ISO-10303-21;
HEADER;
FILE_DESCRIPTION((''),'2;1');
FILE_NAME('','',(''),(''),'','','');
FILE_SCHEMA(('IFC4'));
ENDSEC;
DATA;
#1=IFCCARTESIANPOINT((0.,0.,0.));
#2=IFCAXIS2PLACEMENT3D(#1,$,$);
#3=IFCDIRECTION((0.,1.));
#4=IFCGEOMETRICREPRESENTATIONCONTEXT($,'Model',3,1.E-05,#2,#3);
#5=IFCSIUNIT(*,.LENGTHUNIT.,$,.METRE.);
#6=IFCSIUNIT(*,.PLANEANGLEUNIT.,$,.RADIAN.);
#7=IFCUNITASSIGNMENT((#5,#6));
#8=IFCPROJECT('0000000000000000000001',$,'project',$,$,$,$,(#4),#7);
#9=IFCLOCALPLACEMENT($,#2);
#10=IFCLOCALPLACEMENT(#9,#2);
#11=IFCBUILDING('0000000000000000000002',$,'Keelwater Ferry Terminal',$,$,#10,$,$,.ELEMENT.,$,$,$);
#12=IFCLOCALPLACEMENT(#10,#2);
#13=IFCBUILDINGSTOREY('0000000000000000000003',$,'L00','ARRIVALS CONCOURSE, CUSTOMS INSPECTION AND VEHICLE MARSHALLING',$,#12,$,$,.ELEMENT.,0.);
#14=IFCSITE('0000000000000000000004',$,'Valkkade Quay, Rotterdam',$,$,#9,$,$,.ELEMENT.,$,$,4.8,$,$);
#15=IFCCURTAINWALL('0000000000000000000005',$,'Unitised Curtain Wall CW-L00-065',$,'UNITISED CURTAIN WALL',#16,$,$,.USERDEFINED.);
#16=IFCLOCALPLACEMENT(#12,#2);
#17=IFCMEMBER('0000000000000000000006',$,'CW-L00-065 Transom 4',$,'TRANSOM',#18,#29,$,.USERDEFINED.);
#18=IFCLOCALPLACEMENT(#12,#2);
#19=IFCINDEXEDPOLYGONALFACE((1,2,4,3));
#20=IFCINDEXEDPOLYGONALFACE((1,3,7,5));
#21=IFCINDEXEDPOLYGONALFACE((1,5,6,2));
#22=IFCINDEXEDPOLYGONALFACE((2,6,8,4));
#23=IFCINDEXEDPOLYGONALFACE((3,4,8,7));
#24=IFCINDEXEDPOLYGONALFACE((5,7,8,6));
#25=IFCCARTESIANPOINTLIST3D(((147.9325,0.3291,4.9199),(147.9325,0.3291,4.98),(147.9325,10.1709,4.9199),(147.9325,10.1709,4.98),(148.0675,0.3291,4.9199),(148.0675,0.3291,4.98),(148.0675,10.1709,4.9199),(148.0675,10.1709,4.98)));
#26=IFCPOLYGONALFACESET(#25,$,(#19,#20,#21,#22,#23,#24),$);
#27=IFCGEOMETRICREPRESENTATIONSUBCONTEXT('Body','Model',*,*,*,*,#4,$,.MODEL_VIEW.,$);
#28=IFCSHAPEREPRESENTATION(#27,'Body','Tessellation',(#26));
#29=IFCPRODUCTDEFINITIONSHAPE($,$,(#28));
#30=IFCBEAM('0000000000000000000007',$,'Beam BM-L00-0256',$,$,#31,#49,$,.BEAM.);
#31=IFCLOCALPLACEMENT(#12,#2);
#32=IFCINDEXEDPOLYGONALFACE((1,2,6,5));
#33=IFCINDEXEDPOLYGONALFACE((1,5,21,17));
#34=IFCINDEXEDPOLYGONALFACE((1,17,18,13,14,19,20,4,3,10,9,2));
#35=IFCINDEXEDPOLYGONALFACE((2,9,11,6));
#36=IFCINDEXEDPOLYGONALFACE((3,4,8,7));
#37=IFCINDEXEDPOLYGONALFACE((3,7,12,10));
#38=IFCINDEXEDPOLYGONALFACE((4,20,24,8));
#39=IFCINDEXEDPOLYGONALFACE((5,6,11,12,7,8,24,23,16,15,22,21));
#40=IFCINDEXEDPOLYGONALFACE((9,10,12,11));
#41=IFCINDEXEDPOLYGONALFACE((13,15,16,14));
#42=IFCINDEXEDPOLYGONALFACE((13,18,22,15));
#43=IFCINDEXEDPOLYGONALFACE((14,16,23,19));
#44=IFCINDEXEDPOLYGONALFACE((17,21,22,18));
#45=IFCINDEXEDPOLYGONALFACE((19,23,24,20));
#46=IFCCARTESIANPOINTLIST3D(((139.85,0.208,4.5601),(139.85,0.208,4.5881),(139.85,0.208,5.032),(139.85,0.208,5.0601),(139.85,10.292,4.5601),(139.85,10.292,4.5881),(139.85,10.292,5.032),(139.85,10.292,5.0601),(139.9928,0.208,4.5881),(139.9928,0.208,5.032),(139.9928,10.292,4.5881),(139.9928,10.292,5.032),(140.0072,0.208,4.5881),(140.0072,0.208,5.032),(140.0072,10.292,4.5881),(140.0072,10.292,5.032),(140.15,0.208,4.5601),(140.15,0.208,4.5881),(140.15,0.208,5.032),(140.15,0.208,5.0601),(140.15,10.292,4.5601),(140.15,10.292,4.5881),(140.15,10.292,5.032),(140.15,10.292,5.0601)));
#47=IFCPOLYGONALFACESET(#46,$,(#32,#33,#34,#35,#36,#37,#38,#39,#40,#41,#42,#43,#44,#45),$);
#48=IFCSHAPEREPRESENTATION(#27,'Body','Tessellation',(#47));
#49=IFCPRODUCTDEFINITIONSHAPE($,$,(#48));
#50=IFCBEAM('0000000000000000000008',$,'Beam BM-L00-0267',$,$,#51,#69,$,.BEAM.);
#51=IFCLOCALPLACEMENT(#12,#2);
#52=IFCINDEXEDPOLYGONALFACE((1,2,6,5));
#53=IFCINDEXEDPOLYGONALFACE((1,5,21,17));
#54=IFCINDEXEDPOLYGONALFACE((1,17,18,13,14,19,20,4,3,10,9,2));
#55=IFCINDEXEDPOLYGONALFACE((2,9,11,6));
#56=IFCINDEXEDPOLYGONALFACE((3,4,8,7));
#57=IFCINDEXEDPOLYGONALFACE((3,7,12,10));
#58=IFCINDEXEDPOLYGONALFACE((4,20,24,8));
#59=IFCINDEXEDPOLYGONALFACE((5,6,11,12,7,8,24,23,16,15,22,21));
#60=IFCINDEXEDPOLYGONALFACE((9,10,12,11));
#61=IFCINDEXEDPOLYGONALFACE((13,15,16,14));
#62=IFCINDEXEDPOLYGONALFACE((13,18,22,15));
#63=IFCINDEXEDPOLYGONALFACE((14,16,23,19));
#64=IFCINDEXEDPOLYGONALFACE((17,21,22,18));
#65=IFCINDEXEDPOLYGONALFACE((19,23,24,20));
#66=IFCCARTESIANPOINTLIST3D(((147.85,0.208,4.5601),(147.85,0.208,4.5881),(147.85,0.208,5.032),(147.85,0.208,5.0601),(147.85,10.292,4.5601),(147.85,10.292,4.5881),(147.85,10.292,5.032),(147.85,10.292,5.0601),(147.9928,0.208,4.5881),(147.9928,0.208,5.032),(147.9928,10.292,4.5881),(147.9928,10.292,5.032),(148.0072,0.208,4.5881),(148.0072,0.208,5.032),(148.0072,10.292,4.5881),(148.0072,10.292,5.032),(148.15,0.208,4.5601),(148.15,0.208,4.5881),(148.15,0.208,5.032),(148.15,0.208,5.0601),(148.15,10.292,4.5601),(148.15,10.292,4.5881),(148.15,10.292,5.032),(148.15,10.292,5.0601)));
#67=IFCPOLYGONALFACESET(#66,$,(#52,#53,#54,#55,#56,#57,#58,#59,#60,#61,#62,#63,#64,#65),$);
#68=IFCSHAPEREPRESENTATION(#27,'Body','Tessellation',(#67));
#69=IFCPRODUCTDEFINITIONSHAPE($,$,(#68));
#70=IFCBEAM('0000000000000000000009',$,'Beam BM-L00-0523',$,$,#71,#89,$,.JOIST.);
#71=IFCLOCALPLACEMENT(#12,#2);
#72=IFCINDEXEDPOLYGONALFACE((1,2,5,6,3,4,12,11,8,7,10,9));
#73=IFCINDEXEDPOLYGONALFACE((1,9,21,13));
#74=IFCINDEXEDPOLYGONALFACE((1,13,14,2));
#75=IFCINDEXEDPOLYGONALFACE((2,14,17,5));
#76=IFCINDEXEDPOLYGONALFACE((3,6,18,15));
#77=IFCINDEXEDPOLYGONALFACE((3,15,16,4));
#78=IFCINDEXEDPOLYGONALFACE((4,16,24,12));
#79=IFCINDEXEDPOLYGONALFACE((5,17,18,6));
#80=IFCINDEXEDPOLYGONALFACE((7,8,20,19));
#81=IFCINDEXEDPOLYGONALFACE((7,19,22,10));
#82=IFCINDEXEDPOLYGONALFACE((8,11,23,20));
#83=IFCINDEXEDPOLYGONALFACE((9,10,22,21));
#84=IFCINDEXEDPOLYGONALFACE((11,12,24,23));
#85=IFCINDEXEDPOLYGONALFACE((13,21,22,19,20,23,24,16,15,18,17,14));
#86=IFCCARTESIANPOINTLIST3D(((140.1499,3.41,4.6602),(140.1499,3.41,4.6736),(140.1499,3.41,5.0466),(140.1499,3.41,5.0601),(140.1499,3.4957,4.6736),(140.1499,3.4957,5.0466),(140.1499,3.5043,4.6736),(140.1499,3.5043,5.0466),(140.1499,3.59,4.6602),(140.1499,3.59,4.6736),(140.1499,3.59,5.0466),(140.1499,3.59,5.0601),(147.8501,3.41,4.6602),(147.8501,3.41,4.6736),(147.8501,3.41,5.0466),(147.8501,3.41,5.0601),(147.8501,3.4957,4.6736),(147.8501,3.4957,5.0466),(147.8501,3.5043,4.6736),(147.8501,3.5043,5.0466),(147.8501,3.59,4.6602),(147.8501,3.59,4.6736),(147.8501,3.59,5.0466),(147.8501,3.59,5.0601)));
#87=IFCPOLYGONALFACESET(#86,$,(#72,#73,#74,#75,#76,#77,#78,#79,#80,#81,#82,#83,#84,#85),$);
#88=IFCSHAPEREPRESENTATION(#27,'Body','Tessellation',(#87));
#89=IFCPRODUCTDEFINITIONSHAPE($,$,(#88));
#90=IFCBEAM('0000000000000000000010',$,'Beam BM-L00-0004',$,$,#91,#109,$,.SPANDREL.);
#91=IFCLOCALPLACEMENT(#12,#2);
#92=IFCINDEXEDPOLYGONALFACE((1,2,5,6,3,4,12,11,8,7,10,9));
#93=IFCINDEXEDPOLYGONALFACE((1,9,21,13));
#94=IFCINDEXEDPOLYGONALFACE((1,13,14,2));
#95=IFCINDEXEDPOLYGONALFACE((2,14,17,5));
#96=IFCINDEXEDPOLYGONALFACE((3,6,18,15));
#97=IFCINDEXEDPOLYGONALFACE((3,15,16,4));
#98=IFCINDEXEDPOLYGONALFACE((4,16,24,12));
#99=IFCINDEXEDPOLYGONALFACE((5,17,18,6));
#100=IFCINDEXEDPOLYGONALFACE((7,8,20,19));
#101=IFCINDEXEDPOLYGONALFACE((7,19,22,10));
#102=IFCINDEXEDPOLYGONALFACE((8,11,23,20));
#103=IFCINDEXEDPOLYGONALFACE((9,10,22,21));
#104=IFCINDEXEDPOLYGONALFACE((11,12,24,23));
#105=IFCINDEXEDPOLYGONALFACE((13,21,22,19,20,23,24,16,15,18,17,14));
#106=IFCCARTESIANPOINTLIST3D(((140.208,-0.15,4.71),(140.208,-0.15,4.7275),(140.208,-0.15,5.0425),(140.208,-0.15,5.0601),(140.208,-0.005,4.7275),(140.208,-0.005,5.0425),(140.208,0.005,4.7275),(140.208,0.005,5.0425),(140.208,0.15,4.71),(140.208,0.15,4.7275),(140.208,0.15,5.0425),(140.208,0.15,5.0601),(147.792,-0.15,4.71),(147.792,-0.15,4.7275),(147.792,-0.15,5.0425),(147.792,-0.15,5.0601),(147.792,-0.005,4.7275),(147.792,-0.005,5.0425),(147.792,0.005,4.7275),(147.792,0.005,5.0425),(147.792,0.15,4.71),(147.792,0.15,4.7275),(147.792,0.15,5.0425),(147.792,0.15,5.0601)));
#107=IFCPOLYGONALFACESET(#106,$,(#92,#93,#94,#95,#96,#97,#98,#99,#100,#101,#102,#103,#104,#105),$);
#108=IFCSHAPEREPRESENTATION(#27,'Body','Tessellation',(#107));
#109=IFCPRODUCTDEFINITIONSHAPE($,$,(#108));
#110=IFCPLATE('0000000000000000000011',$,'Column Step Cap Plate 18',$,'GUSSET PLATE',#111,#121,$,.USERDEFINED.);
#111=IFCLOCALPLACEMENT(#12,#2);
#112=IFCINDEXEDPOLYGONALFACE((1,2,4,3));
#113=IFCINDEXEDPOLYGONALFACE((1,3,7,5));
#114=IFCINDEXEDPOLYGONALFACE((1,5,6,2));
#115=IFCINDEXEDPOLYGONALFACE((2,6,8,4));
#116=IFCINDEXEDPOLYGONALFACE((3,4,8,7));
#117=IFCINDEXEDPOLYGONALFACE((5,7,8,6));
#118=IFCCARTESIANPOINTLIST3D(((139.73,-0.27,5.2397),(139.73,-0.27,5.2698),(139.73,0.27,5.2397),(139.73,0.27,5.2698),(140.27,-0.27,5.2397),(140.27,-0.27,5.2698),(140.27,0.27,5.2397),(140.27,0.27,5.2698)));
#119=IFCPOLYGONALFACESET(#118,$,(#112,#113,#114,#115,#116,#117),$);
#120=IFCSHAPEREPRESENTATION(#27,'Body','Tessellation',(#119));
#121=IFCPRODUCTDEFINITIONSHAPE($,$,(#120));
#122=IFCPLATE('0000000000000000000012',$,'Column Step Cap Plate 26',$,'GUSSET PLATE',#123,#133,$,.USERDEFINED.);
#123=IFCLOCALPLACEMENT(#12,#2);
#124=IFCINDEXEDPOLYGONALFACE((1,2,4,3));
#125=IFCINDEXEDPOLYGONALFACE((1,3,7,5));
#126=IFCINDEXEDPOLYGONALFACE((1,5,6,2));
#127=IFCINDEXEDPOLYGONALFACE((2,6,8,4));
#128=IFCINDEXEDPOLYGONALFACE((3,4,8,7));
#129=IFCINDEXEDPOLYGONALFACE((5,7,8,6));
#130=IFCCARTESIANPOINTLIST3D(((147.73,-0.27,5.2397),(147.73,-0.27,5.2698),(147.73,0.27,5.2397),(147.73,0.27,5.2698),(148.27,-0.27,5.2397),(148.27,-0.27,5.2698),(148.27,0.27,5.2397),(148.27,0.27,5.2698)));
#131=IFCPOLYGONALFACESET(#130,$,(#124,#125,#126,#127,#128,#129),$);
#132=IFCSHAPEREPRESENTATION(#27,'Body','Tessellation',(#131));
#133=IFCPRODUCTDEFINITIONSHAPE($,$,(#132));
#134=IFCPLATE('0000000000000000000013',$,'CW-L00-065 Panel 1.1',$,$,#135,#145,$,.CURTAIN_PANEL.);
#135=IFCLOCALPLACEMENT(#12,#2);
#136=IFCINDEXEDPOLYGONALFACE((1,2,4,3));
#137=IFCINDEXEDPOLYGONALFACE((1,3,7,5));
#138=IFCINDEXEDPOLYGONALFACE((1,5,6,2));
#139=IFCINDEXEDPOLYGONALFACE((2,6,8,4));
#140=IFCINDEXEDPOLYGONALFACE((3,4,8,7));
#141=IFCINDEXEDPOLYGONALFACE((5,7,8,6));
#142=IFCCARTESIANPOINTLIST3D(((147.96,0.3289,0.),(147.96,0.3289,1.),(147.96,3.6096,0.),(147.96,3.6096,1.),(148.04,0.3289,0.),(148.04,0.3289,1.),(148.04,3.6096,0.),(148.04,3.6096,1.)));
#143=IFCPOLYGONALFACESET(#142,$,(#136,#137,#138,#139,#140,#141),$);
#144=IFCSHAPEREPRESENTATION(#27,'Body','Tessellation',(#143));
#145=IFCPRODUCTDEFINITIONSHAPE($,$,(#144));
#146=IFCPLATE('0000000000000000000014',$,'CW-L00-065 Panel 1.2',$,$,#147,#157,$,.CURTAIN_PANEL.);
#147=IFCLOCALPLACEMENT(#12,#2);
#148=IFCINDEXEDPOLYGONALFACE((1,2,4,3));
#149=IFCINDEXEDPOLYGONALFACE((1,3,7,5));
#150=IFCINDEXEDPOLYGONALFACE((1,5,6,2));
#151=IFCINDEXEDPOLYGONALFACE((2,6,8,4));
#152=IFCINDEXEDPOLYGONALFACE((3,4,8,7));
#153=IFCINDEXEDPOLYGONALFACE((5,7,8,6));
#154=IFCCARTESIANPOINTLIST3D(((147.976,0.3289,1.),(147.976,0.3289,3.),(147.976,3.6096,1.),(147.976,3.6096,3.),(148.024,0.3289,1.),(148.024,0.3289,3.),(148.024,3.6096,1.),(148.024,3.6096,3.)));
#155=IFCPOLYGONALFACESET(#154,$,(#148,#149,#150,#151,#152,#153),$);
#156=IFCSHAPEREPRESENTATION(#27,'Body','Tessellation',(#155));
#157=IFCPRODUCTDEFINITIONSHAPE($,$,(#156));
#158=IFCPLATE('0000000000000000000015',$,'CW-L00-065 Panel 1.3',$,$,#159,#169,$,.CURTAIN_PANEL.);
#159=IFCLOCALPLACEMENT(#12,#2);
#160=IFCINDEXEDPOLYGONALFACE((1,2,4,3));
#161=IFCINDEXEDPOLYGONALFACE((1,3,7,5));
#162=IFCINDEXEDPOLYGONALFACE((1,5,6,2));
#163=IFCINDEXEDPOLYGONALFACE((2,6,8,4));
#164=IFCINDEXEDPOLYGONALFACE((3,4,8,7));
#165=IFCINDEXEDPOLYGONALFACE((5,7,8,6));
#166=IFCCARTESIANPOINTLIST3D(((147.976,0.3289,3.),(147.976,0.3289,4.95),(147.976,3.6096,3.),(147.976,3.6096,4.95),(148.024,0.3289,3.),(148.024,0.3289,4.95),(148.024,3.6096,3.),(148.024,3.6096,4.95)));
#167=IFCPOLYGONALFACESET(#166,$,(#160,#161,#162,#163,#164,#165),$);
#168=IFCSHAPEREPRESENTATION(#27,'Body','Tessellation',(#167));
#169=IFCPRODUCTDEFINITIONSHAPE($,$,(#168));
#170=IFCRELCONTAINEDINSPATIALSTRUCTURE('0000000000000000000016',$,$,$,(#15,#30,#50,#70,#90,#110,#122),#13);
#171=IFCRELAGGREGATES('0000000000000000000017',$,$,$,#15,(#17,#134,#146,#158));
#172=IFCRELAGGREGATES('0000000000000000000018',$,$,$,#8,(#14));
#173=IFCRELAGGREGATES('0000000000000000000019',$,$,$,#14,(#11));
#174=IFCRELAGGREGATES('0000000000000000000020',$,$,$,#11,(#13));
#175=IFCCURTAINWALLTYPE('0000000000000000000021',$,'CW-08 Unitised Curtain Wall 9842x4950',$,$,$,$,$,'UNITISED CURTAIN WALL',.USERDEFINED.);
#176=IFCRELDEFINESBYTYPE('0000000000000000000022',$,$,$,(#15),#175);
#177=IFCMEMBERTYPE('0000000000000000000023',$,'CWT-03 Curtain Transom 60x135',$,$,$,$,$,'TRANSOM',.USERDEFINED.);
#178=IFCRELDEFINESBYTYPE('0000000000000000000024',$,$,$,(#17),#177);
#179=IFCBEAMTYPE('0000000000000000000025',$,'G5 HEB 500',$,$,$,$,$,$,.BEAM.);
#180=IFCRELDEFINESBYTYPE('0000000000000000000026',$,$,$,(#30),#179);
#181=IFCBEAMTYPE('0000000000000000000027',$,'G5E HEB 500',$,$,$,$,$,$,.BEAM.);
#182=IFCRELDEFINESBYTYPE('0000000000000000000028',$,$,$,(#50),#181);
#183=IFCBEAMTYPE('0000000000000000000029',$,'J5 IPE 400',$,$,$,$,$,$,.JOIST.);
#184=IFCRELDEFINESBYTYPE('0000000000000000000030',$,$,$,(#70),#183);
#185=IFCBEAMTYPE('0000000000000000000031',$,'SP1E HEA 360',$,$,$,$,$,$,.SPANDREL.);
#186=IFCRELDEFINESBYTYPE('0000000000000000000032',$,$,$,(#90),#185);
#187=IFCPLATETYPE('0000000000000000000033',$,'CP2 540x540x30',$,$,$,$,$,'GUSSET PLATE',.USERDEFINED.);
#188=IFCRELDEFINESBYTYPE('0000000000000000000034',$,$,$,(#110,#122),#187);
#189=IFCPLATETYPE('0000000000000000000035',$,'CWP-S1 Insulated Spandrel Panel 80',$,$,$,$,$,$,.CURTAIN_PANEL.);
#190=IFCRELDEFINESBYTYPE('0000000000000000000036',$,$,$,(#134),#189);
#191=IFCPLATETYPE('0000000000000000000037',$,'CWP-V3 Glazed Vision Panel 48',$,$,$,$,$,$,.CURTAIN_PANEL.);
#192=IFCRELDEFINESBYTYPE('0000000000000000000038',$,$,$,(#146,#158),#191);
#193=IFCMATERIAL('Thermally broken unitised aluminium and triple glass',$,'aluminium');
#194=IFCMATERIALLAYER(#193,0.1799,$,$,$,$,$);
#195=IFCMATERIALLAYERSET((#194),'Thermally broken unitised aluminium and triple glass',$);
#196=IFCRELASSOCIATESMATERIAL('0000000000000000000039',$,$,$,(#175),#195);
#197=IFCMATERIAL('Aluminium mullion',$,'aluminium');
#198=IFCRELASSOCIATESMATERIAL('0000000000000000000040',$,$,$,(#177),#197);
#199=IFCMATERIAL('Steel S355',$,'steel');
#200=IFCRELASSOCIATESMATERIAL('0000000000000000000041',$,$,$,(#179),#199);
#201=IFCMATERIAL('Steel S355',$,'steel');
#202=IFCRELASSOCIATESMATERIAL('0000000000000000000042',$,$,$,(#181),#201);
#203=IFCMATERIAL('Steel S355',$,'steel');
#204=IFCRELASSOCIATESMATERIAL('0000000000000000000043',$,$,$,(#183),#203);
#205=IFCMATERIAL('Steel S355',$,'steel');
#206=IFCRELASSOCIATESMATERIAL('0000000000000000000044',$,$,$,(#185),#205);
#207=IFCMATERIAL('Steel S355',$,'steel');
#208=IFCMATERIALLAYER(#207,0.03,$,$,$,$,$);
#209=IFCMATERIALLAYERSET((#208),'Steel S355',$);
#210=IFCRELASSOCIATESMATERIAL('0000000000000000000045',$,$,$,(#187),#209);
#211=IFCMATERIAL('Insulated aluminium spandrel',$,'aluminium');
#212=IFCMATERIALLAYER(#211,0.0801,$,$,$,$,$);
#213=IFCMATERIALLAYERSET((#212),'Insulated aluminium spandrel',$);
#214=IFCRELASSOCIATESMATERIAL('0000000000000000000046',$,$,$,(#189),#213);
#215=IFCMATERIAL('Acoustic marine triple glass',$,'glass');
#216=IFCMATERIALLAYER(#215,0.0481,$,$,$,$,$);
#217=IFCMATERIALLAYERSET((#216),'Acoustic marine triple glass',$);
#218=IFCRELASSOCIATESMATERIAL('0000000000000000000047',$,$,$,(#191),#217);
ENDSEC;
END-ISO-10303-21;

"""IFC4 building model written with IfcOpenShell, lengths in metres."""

from ifc_helpers import new_model, si_unit, direction, frame, origin, origin_2d, place, context, subcontext, project, spatial, rectangle, i_section, extrude, material, layer, layer_set, material_profile, profile_set, type_object, element, aggregate, save


model = new_model("IFC4")

# Units and contexts
model_context = context("Model", 3, precision=1e-05, world=origin(), true_north=direction((0.0, 1.0)))
body_context = subcontext(model_context, "Body", "Model", "MODEL_VIEW")
ifc_project = project(units=[si_unit("LENGTHUNIT", "METRE"), si_unit("PLANEANGLEUNIT", "RADIAN")], contexts=[model_context])

# Site, building, storey
site_placement = place(None, origin())
site = spatial("IfcSite", under=ifc_project, at=site_placement, Name="Valkkade Quay, Rotterdam", CompositionType="ELEMENT", RefElevation=4.8)
building_placement = place(site_placement, origin())
building = spatial("IfcBuilding", under=site, at=building_placement, Name="Keelwater Ferry Terminal", CompositionType="ELEMENT")
storey_placement = place(building_placement, origin())
storey = spatial("IfcBuildingStorey", under=building, at=storey_placement, Name="L00", Description="ARRIVALS CONCOURSE, CUSTOMS INSPECTION AND VEHICLE MARSHALLING", CompositionType="ELEMENT", Elevation=0.0)

# Curtain wall, member
ifc_material_1 = material(Name="Thermally broken unitised aluminium and triple glass", Category="aluminium")
ifc_layer_1 = layer(ifc_material_1, 0.1799)
ifc_layer_set_1 = layer_set([ifc_layer_1], Name="Thermally broken unitised aluminium and triple glass")
curtain_wall_type = type_object("IfcCurtainWallType", Name="CW-08 Unitised Curtain Wall 9842x4950", ElementType="UNITISED CURTAIN WALL", PredefinedType="USERDEFINED", material=ifc_layer_set_1)
curtain_wall_placement = place(storey_placement, origin())
curtain_wall = element("IfcCurtainWall", 1, at=curtain_wall_placement, inside=storey, type_object=curtain_wall_type, Name="Unitised Curtain Wall CW-L00-065", ObjectType="UNITISED CURTAIN WALL", PredefinedType="USERDEFINED")
ifc_material_2 = material(Name="Aluminium mullion", Category="aluminium")
ifc_material_profile_1 = material_profile(ifc_material_2, rectangle(XDim=0.135, YDim=0.0601, at=origin_2d()), Name="CWT-03")
ifc_profile_set_1 = profile_set([ifc_material_profile_1], Name="Aluminium mullion")
member_type_1 = type_object("IfcMemberType", Name="CWT-03 Curtain Transom 60x135", ElementType="TRANSOM", PredefinedType="USERDEFINED", material=ifc_profile_set_1)
member_1_placement = place(storey_placement, frame((148.0, 0.3291, 4.95), z_axis=(0.0, 1.0, 0.0), x_axis=(-1.0, 0.0, 0.0)))
member_1 = element("IfcMember", 2, at=member_1_placement, type_object=member_type_1, Name="CW-L00-065 Transom 4", ObjectType="TRANSOM", PredefinedType="USERDEFINED", context=body_context, shape_type="SweptSolid", body=[
    extrude(rectangle(XDim=0.135, YDim=0.0601, at=origin_2d()), origin(), (0.0, 0.0, 1.0), 9.8418),
])

# Beams
ifc_material_3 = material(Name="Steel S355", Category="steel")
ifc_material_profile_2 = material_profile(ifc_material_3, i_section(OverallWidth=0.3, OverallDepth=0.5, WebThickness=0.0144, FlangeThickness=0.0281, at=origin_2d()), Name="HEB 500")
ifc_profile_set_2 = profile_set([ifc_material_profile_2], Name="Steel S355")
beam_type_1 = type_object("IfcBeamType", Name="G5 HEB 500", PredefinedType="BEAM", material=ifc_profile_set_2)
beam_1_placement = place(storey_placement, frame((140.0, 0.208, 4.8101), z_axis=(0.0, 1.0, 0.0), x_axis=(-1.0, 0.0, 0.0)))
element("IfcBeam", 3, at=beam_1_placement, inside=storey, type_object=beam_type_1, Name="Beam BM-L00-0256", PredefinedType="BEAM", context=body_context, shape_type="SweptSolid", body=[
    extrude(i_section(OverallWidth=0.3, OverallDepth=0.5, WebThickness=0.0144, FlangeThickness=0.0281, at=origin_2d()), origin(), (0.0, 0.0, 1.0), 10.084),
])
ifc_material_4 = material(Name="Steel S355", Category="steel")
ifc_material_profile_3 = material_profile(ifc_material_4, i_section(OverallWidth=0.3, OverallDepth=0.5, WebThickness=0.0144, FlangeThickness=0.0281, at=origin_2d()), Name="HEB 500")
ifc_profile_set_3 = profile_set([ifc_material_profile_3], Name="Steel S355")
beam_type_2 = type_object("IfcBeamType", Name="G5E HEB 500", PredefinedType="BEAM", material=ifc_profile_set_3)
beam_2_placement = place(storey_placement, frame((148.0, 0.208, 4.8101), z_axis=(0.0, 1.0, 0.0), x_axis=(-1.0, 0.0, 0.0)))
element("IfcBeam", 4, at=beam_2_placement, inside=storey, type_object=beam_type_2, Name="Beam BM-L00-0267", PredefinedType="BEAM", context=body_context, shape_type="SweptSolid", body=[
    extrude(i_section(OverallWidth=0.3, OverallDepth=0.5, WebThickness=0.0144, FlangeThickness=0.0281, at=origin_2d()), origin(), (0.0, 0.0, 1.0), 10.084),
])
ifc_material_5 = material(Name="Steel S355", Category="steel")
ifc_material_profile_4 = material_profile(ifc_material_5, i_section(OverallWidth=0.1799, OverallDepth=0.3999, WebThickness=0.0085, FlangeThickness=0.0134, at=origin_2d()), Name="IPE 400")
ifc_profile_set_4 = profile_set([ifc_material_profile_4], Name="Steel S355")
beam_type_3 = type_object("IfcBeamType", Name="J5 IPE 400", PredefinedType="JOIST", material=ifc_profile_set_4)
beam_3_placement = place(storey_placement, frame((140.1499, 3.5, 4.8601), z_axis=(1.0, 0.0, 0.0), x_axis=(0.0, 1.0, 0.0)))
element("IfcBeam", 5, at=beam_3_placement, inside=storey, type_object=beam_type_3, Name="Beam BM-L00-0523", PredefinedType="JOIST", context=body_context, shape_type="SweptSolid", body=[
    extrude(i_section(OverallWidth=0.1799, OverallDepth=0.3999, WebThickness=0.0085, FlangeThickness=0.0134, at=origin_2d()), origin(), (0.0, 0.0, 1.0), 7.7002),
])
ifc_material_6 = material(Name="Steel S355", Category="steel")
ifc_material_profile_5 = material_profile(ifc_material_6, i_section(OverallWidth=0.3, OverallDepth=0.3501, WebThickness=0.01, FlangeThickness=0.0176, at=origin_2d()), Name="HEA 360")
ifc_profile_set_5 = profile_set([ifc_material_profile_5], Name="Steel S355")
beam_type_4 = type_object("IfcBeamType", Name="SP1E HEA 360", PredefinedType="SPANDREL", material=ifc_profile_set_5)
beam_4_placement = place(storey_placement, frame((140.208, 0.0, 4.885), z_axis=(1.0, 0.0, 0.0), x_axis=(0.0, 1.0, 0.0)))
element("IfcBeam", 6, at=beam_4_placement, inside=storey, type_object=beam_type_4, Name="Beam BM-L00-0004", PredefinedType="SPANDREL", context=body_context, shape_type="SweptSolid", body=[
    extrude(i_section(OverallWidth=0.3, OverallDepth=0.3501, WebThickness=0.01, FlangeThickness=0.0176, at=origin_2d()), origin(), (0.0, 0.0, 1.0), 7.584),
])

# Plates
ifc_material_7 = material(Name="Steel S355", Category="steel")
ifc_layer_2 = layer(ifc_material_7, 0.03)
ifc_layer_set_2 = layer_set([ifc_layer_2], Name="Steel S355")
plate_type_1 = type_object("IfcPlateType", Name="CP2 540x540x30", ElementType="GUSSET PLATE", PredefinedType="USERDEFINED", material=ifc_layer_set_2)
for number, where, z_axis, x_axis, name in (
    (7, (140.0, 0.0, 5.2397), (0.0, 0.0, 1.0), (1.0, 0.0, 0.0), "Column Step Cap Plate 18"),
    (8, (148.0, 0.0, 5.2397), (0.0, 0.0, 1.0), (1.0, 0.0, 0.0), "Column Step Cap Plate 26"),
):
    element("IfcPlate", number, at=place(storey_placement, frame(where, z_axis=z_axis, x_axis=x_axis)), inside=storey, type_object=plate_type_1, Name=name, ObjectType="GUSSET PLATE", PredefinedType="USERDEFINED", context=body_context, shape_type="SweptSolid", body=[
        extrude(rectangle(XDim=0.54, YDim=0.54, at=origin_2d()), origin(), (0.0, 0.0, 1.0), 0.03),
    ])

# Plates
ifc_material_8 = material(Name="Insulated aluminium spandrel", Category="aluminium")
ifc_layer_3 = layer(ifc_material_8, 0.0801)
ifc_layer_set_3 = layer_set([ifc_layer_3], Name="Insulated aluminium spandrel")
plate_type_2 = type_object("IfcPlateType", Name="CWP-S1 Insulated Spandrel Panel 80", PredefinedType="CURTAIN_PANEL", material=ifc_layer_set_3)
plate_1_placement = place(storey_placement, frame((148.0, 1.9692, 0.0), z_axis=(0.0, 0.0, 1.0), x_axis=(0.0, 1.0, 0.0)))
plate_1 = element("IfcPlate", 9, at=plate_1_placement, type_object=plate_type_2, Name="CW-L00-065 Panel 1.1", PredefinedType="CURTAIN_PANEL", context=body_context, shape_type="SweptSolid", body=[
    extrude(rectangle(XDim=3.2808, YDim=0.0801, at=origin_2d()), origin(), (0.0, 0.0, 1.0), 1.0),
])
ifc_material_9 = material(Name="Acoustic marine triple glass", Category="glass")
ifc_layer_4 = layer(ifc_material_9, 0.0481)
ifc_layer_set_4 = layer_set([ifc_layer_4], Name="Acoustic marine triple glass")
plate_type_3 = type_object("IfcPlateType", Name="CWP-V3 Glazed Vision Panel 48", PredefinedType="CURTAIN_PANEL", material=ifc_layer_set_4)
plate_2_placement = place(storey_placement, frame((148.0, 1.9692, 1.0), z_axis=(0.0, 0.0, 1.0), x_axis=(0.0, 1.0, 0.0)))
plate_2 = element("IfcPlate", 10, at=plate_2_placement, type_object=plate_type_3, Name="CW-L00-065 Panel 1.2", PredefinedType="CURTAIN_PANEL", context=body_context, shape_type="SweptSolid", body=[
    extrude(rectangle(XDim=3.2808, YDim=0.0481, at=origin_2d()), origin(), (0.0, 0.0, 1.0), 2.0),
])
plate_3_placement = place(storey_placement, frame((148.0, 1.9692, 3.0), z_axis=(0.0, 0.0, 1.0), x_axis=(0.0, 1.0, 0.0)))
plate_3 = element("IfcPlate", 11, at=plate_3_placement, type_object=plate_type_3, Name="CW-L00-065 Panel 1.3", PredefinedType="CURTAIN_PANEL", context=body_context, shape_type="SweptSolid", body=[
    extrude(rectangle(XDim=3.2808, YDim=0.0481, at=origin_2d()), origin(), (0.0, 0.0, 1.0), 1.95),
])
aggregate(curtain_wall, [member_1, plate_1, plate_2, plate_3])

save(model, "model.ifc")
